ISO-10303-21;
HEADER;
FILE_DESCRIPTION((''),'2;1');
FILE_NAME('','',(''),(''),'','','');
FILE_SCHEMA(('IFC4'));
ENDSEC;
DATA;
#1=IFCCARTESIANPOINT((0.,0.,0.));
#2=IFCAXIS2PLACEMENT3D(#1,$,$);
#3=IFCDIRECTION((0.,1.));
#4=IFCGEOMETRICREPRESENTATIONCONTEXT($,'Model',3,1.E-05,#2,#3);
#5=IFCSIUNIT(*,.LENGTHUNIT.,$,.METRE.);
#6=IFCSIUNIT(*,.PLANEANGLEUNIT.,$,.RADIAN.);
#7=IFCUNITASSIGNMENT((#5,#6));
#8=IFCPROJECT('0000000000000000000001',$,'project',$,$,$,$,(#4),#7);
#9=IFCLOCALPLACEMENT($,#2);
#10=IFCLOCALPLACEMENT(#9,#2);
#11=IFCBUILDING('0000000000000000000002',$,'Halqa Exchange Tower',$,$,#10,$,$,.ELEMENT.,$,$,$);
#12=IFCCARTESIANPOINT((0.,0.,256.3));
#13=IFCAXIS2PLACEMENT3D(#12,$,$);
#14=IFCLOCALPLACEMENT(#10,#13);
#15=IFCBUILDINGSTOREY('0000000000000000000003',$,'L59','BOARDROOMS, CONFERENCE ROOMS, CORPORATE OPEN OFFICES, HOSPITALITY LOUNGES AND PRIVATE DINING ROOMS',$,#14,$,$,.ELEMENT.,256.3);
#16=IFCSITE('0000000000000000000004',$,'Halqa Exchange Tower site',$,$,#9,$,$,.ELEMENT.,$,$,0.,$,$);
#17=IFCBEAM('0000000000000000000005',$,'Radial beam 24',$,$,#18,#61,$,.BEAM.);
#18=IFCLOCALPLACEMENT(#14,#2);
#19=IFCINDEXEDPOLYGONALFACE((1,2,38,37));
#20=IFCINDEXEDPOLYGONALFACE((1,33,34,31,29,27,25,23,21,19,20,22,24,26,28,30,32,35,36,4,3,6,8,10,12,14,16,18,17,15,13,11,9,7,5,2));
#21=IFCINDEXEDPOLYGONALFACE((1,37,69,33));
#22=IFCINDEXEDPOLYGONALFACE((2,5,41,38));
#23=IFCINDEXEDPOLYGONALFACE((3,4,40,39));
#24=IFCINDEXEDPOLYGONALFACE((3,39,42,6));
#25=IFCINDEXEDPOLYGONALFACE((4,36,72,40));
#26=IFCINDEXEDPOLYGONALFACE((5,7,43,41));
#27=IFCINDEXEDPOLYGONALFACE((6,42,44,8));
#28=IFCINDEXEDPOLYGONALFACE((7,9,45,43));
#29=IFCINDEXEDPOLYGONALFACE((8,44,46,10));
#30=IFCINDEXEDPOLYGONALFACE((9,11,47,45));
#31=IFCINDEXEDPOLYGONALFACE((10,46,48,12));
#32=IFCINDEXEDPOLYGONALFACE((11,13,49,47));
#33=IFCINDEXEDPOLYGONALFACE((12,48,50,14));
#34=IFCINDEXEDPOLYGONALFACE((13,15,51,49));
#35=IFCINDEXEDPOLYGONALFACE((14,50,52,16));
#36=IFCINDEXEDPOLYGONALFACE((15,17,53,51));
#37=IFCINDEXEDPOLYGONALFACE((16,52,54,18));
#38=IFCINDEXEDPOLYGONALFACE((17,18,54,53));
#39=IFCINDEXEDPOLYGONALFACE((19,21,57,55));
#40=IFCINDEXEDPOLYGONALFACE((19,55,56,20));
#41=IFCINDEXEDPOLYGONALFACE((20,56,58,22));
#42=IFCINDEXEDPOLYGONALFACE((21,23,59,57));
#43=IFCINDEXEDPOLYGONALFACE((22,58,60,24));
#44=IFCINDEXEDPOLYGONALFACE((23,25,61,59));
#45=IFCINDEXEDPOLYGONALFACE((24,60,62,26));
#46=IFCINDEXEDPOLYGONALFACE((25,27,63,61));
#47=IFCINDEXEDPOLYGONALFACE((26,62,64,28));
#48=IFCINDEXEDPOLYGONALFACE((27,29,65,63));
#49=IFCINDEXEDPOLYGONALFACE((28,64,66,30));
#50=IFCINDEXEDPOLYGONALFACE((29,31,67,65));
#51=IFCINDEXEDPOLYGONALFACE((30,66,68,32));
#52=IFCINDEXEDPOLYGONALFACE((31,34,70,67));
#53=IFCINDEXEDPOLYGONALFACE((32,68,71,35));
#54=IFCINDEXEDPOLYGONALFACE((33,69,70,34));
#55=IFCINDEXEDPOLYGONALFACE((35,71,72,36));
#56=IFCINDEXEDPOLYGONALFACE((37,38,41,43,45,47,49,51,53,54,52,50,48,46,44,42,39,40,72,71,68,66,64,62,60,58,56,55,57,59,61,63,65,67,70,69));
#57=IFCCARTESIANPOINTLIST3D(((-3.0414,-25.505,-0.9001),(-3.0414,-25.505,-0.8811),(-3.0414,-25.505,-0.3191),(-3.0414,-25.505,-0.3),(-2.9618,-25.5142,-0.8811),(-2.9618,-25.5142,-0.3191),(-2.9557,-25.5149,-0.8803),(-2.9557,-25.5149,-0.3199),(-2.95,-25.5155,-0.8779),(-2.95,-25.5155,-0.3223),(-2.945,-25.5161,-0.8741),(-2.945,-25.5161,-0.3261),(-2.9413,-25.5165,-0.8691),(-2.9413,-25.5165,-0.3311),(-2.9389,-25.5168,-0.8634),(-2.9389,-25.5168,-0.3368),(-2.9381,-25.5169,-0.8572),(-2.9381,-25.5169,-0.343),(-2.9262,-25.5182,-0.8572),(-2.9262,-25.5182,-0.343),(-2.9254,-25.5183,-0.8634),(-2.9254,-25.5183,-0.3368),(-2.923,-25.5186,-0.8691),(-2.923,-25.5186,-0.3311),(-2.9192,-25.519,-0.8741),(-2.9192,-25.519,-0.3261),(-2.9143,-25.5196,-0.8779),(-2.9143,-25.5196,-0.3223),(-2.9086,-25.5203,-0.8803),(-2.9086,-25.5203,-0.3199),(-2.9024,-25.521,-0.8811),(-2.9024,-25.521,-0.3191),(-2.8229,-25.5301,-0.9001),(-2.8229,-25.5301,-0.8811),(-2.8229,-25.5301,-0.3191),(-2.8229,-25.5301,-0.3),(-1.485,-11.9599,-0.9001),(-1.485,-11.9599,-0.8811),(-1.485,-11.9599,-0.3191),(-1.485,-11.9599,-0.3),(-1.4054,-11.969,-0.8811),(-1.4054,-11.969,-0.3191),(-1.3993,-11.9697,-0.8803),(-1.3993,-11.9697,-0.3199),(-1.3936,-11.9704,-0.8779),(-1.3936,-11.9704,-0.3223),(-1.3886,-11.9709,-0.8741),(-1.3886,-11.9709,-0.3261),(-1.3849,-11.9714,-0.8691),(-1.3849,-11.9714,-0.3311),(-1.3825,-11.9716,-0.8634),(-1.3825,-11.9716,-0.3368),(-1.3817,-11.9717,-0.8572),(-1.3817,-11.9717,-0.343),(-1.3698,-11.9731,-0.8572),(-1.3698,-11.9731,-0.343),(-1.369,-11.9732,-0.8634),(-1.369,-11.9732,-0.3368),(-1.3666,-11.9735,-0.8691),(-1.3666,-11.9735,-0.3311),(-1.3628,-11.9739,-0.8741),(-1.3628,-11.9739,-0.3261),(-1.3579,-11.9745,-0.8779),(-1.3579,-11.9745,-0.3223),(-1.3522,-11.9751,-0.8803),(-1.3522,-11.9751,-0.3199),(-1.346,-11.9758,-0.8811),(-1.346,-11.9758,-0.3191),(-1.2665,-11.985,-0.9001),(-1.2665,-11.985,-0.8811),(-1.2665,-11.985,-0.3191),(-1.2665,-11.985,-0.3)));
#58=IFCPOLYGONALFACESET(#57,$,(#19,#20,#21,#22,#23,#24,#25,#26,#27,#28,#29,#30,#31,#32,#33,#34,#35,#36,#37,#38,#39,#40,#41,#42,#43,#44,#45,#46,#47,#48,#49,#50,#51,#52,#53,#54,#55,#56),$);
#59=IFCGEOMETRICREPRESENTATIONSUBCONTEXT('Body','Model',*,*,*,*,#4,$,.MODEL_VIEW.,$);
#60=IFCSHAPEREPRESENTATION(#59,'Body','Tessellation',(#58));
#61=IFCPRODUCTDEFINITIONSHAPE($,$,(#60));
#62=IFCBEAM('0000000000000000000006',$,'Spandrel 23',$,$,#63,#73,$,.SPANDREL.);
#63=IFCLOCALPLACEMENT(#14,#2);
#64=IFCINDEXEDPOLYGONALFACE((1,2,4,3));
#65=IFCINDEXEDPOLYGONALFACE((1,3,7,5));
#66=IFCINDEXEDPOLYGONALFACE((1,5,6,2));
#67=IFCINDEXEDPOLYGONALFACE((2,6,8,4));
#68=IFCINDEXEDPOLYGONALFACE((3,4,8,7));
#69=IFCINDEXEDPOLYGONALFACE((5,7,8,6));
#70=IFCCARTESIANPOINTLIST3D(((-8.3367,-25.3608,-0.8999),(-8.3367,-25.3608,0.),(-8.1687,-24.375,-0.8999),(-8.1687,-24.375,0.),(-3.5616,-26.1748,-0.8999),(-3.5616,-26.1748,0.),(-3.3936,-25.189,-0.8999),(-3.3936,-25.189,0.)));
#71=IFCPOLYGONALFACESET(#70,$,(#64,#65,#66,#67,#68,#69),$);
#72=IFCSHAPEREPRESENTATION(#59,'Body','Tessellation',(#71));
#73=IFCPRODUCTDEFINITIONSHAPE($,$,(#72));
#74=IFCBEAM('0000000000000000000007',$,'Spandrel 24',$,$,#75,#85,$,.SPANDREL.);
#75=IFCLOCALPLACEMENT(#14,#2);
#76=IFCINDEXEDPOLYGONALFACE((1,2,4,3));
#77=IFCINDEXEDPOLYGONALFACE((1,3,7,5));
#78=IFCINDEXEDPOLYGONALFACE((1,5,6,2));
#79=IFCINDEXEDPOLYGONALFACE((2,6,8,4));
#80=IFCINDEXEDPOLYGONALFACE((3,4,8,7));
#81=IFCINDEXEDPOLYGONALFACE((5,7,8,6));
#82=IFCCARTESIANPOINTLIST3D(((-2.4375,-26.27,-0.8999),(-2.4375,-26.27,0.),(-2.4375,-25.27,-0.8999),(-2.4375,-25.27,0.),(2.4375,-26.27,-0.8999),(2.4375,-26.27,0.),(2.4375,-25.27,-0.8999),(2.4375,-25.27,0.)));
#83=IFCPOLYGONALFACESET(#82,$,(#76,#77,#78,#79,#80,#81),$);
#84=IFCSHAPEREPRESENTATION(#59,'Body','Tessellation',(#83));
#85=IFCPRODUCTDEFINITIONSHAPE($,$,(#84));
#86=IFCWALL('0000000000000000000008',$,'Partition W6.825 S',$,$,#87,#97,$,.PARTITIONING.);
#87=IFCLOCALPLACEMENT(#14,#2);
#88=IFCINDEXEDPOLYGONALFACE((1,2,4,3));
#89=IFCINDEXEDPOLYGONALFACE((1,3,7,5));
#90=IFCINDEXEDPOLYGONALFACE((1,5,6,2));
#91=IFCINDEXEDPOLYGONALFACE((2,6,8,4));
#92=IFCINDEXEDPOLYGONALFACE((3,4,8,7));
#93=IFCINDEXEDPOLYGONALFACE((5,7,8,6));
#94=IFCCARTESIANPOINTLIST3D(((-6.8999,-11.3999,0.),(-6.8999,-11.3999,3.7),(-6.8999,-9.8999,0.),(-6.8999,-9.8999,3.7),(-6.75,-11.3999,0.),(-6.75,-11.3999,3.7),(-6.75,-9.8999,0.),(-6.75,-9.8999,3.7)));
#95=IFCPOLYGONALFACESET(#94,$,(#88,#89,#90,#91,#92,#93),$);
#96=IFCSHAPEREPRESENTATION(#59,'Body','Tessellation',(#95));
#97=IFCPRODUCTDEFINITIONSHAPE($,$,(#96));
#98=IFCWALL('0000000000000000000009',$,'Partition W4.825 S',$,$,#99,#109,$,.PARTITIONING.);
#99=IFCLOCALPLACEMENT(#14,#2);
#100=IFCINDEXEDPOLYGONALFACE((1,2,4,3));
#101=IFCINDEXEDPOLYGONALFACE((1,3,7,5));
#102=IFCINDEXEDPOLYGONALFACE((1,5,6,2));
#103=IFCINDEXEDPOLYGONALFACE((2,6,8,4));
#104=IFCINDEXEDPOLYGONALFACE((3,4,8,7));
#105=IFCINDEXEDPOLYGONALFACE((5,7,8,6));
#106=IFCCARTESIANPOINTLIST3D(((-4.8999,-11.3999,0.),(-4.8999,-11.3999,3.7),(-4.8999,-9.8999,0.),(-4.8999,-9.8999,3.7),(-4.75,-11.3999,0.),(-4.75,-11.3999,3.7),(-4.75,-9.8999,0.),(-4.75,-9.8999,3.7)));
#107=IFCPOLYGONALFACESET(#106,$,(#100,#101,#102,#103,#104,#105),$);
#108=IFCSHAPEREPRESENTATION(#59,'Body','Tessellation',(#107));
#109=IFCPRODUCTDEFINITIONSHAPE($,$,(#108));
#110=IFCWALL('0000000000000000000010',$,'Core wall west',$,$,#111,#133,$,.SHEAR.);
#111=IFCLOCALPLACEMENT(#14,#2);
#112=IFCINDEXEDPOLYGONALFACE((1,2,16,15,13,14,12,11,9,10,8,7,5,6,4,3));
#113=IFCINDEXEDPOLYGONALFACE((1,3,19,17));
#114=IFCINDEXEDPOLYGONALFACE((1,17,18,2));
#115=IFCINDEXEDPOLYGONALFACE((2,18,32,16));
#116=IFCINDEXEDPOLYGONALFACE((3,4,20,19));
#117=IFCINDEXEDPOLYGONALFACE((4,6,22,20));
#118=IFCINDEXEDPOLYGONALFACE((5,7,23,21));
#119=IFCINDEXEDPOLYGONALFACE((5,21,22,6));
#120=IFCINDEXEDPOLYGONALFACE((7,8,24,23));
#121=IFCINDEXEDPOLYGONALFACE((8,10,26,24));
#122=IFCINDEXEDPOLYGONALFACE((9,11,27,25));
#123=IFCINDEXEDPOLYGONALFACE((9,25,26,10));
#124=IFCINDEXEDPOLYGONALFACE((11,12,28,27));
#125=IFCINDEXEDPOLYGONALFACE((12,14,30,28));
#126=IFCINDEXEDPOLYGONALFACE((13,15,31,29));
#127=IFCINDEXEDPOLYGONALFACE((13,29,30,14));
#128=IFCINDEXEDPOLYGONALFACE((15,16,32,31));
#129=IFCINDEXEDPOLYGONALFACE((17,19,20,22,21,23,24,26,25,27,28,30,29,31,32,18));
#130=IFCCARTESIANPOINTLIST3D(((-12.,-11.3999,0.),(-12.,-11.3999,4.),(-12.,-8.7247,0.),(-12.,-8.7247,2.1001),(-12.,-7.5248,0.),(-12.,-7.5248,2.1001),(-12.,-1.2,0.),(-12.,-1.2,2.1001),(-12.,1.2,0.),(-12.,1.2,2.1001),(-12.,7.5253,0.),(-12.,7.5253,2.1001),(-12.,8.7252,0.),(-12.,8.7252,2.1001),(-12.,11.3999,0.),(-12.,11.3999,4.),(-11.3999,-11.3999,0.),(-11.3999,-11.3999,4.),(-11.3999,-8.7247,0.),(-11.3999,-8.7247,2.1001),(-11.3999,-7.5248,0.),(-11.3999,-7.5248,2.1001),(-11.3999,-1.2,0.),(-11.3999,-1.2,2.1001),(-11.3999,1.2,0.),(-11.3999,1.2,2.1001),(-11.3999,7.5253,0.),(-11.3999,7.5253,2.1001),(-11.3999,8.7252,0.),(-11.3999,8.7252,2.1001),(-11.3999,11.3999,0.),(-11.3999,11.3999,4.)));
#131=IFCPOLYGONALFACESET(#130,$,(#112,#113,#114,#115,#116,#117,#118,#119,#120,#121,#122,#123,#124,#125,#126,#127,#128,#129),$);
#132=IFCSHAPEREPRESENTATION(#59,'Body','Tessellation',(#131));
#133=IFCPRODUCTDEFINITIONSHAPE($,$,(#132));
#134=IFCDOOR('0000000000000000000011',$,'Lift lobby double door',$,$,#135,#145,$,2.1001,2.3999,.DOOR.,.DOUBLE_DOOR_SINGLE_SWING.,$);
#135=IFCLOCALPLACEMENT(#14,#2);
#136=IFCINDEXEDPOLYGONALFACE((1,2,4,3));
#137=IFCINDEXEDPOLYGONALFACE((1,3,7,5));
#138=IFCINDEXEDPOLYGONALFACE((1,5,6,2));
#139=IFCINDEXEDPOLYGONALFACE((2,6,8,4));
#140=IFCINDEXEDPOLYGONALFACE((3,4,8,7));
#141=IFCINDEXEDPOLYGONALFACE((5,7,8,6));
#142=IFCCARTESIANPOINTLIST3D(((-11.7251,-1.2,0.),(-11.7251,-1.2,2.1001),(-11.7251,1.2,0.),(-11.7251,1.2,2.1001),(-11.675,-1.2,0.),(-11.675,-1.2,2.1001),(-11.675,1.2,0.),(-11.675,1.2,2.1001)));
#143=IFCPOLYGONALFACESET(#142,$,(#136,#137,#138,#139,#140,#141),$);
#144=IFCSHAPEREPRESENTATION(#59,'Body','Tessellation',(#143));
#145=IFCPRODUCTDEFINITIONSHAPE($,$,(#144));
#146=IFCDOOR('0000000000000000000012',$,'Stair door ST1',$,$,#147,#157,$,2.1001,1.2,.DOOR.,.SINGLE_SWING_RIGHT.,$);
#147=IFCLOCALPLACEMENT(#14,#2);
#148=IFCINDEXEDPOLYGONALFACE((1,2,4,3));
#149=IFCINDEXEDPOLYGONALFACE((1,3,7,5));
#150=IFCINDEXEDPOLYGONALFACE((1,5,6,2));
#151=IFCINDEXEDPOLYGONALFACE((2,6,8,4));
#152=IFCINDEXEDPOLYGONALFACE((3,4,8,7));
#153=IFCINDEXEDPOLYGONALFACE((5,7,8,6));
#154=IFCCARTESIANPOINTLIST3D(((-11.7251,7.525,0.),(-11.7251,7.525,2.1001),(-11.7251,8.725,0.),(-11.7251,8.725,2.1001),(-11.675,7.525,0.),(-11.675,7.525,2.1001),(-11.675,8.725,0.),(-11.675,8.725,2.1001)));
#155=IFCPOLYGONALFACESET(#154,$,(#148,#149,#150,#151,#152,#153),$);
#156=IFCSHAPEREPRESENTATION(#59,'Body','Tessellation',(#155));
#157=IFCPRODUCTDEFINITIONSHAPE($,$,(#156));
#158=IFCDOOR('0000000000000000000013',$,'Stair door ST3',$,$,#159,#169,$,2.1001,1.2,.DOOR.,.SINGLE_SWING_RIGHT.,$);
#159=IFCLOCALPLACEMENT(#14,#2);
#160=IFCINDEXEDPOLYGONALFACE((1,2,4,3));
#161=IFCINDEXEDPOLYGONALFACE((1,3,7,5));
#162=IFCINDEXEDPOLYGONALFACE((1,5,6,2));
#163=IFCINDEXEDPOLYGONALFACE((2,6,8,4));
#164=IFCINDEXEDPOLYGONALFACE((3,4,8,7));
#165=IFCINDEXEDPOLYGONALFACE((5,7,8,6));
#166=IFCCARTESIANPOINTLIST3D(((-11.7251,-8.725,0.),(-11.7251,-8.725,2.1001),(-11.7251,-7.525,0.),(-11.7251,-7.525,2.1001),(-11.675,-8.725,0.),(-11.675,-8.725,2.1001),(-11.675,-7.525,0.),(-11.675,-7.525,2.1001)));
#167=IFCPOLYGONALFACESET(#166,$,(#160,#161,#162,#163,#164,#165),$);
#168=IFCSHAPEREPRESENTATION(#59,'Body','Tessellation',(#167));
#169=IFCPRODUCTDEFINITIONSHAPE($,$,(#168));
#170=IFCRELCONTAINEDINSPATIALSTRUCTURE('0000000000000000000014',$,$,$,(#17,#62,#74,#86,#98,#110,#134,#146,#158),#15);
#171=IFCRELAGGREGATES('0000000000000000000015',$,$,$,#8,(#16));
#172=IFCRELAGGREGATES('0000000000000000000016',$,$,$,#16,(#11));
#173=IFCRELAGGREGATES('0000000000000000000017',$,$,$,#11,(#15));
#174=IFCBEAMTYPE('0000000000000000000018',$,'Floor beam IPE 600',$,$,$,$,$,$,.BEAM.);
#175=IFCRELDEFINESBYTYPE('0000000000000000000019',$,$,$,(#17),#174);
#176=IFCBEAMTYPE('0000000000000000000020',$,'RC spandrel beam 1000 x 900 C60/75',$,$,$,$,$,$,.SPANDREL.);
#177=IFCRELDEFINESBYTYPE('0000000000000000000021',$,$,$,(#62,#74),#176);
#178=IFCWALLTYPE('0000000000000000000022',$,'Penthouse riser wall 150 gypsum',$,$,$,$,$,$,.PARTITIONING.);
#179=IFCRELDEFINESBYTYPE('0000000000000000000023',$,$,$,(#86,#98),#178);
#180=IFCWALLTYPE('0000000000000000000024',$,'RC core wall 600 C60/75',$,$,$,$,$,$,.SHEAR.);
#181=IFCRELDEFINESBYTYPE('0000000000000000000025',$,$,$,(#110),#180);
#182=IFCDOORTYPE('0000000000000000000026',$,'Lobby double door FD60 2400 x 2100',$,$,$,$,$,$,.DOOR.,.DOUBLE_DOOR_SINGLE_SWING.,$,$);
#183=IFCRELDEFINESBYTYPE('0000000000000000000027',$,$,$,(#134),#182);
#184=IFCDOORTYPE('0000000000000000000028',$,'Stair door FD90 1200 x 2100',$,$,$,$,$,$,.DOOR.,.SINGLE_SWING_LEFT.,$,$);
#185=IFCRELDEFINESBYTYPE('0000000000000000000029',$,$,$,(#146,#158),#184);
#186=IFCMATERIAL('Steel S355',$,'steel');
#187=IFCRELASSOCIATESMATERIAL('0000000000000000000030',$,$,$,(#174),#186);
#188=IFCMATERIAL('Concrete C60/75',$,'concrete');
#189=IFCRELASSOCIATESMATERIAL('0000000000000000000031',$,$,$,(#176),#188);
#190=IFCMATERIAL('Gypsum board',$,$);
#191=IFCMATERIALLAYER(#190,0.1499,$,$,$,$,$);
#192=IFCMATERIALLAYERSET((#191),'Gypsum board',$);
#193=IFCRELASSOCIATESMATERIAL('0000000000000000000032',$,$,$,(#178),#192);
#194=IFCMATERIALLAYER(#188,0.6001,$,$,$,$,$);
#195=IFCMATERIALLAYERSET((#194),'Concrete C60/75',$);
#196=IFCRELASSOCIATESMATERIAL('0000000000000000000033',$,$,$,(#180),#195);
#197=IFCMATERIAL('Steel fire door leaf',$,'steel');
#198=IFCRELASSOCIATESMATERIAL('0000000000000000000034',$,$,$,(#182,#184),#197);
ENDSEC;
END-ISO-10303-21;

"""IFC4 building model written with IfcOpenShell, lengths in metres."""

from ifc_helpers import new_model, si_unit, direction, frame, frame_2d, origin, origin_2d, place, context, subcontext, project, spatial, rectangle, i_section, extrude, material, layer, layer_set, material_profile, profile_set, type_object, element, fill, save


model = new_model("IFC4")

# Units and contexts
model_context = context("Model", 3, precision=1e-05, world=origin(), true_north=direction((0.0, 1.0)))
body_context = subcontext(model_context, "Body", "Model", "MODEL_VIEW")
ifc_project = project(units=[si_unit("LENGTHUNIT", "METRE"), si_unit("PLANEANGLEUNIT", "RADIAN")], contexts=[model_context])

# Site, building, storey
site_placement = place(None, origin())
site = spatial("IfcSite", under=ifc_project, at=site_placement, Name="Halqa Exchange Tower site", CompositionType="ELEMENT", RefElevation=0.0)
building_placement = place(site_placement, origin())
building = spatial("IfcBuilding", under=site, at=building_placement, Name="Halqa Exchange Tower", CompositionType="ELEMENT")
storey_placement = place(building_placement, frame((0.0, 0.0, 256.3)))
storey = spatial("IfcBuildingStorey", under=building, at=storey_placement, Name="L59", Description="BOARDROOMS, CONFERENCE ROOMS, CORPORATE OPEN OFFICES, HOSPITALITY LOUNGES AND PRIVATE DINING ROOMS", CompositionType="ELEMENT", Elevation=256.3)

# Shared definitions
ifc_material_1 = material(Name="Concrete C60/75", Category="concrete")

# Beams
ifc_material_2 = material(Name="Steel S355", Category="steel")
ifc_material_profile_1 = material_profile(ifc_material_2, i_section(OverallWidth=0.22, OverallDepth=0.6001, WebThickness=0.012, FlangeThickness=0.019, FilletRadius=0.0239, at=origin_2d()), Name="IPE 600")
ifc_profile_set_1 = profile_set([ifc_material_profile_1], Name="Steel S355")
beam_type_1 = type_object("IfcBeamType", Name="Floor beam IPE 600", PredefinedType="BEAM", material=ifc_profile_set_1)
beam_1_placement = place(storey_placement, frame((-1.3757, -11.9724, -0.6001), z_axis=(-0.114153, -0.993463, 0.0), x_axis=(0.993463, -0.114153, 0.0)))
element("IfcBeam", 1, at=beam_1_placement, inside=storey, type_object=beam_type_1, Name="Radial beam 24", PredefinedType="BEAM", context=body_context, shape_type="SweptSolid", body=[
    extrude(i_section(OverallWidth=0.22, OverallDepth=0.6001, WebThickness=0.012, FlangeThickness=0.019, FilletRadius=0.0239, at=origin_2d()), origin(), (0.0, 0.0, 1.0), 13.6343),
])
ifc_material_profile_2 = material_profile(ifc_material_1, rectangle(XDim=1.0, YDim=0.8999, at=origin_2d()), Name="1000 x 900")
ifc_profile_set_2 = profile_set([ifc_material_profile_2], Name="Concrete C60/75")
beam_type_2 = type_object("IfcBeamType", Name="RC spandrel beam 1000 x 900 C60/75", PredefinedType="SPANDREL", material=ifc_profile_set_2)
beam_2_placement = place(storey_placement, frame((-8.2527, -24.8679, -0.45), z_axis=(0.985781, -0.168035, 0.0), x_axis=(0.168035, 0.985781, 0.0)))
element("IfcBeam", 2, at=beam_2_placement, inside=storey, type_object=beam_type_2, Name="Spandrel 23", PredefinedType="SPANDREL", context=body_context, shape_type="SweptSolid", body=[
    extrude(rectangle(XDim=1.0, YDim=0.8999, at=origin_2d()), origin(), (0.0, 0.0, 1.0), 4.844),
])
beam_3_placement = place(storey_placement, frame((-2.4375, -25.77, -0.45), z_axis=(1.0, 0.0, 0.0), x_axis=(0.0, 1.0, 0.0)))
element("IfcBeam", 3, at=beam_3_placement, inside=storey, type_object=beam_type_2, Name="Spandrel 24", PredefinedType="SPANDREL", context=body_context, shape_type="SweptSolid", body=[
    extrude(rectangle(XDim=1.0, YDim=0.8999, at=origin_2d()), origin(), (0.0, 0.0, 1.0), 4.875),
])

# Walls
ifc_material_3 = material(Name="Gypsum board")
ifc_layer_1 = layer(ifc_material_3, 0.1499)
ifc_layer_set_1 = layer_set([ifc_layer_1], Name="Gypsum board")
wall_type_1 = type_object("IfcWallType", Name="Penthouse riser wall 150 gypsum", PredefinedType="PARTITIONING", material=ifc_layer_set_1)
for number, where, z_axis, x_axis, name in (
    (4, (-6.825, -11.3999, 0.0), (0.0, 0.0, 1.0), (0.0, 1.0, 0.0), "Partition W6.825 S"),
    (5, (-4.825, -11.3999, 0.0), (0.0, 0.0, 1.0), (0.0, 1.0, 0.0), "Partition W4.825 S"),
):
    element("IfcWall", number, at=place(storey_placement, frame(where, z_axis=z_axis, x_axis=x_axis)), inside=storey, type_object=wall_type_1, Name=name, PredefinedType="PARTITIONING", context=body_context, shape_type="SweptSolid", body=[
        extrude(rectangle(XDim=1.5, YDim=0.1499, at=frame_2d((0.75, 0.0))), origin(), (0.0, 0.0, 1.0), 3.7),
    ])

# Wall, openings, doors
ifc_layer_2 = layer(ifc_material_1, 0.6001)
ifc_layer_set_2 = layer_set([ifc_layer_2], Name="Concrete C60/75")
wall_type_2 = type_object("IfcWallType", Name="RC core wall 600 C60/75", PredefinedType="SHEAR", material=ifc_layer_set_2)
wall_1_placement = place(storey_placement, frame((-11.7, -11.3999, 0.0), z_axis=(0.0, 0.0, 1.0), x_axis=(0.0, 1.0, 0.0)))
wall_1 = element("IfcWall", 6, at=wall_1_placement, inside=storey, type_object=wall_type_2, Name="Core wall west", PredefinedType="SHEAR", context=body_context, shape_type="SweptSolid", body=[
    extrude(rectangle(XDim=22.7998, YDim=0.6001, at=frame_2d((11.3999, 0.0))), origin(), (0.0, 0.0, 1.0), 4.0),
])
opening_1_placement = place(wall_1_placement, frame((10.2, 0.0, 0.0)))
opening_1 = element("IfcOpeningElement", 7, at=opening_1_placement, cuts=wall_1, PredefinedType="OPENING", context=body_context, shape_type="SweptSolid", body=[
    extrude(rectangle(XDim=2.3999, YDim=2.1001, at=frame_2d((1.2, 1.05))), frame((0.0, 0.312, 0.0), z_axis=(0.0, -1.0, 0.0), x_axis=(1.0, 0.0, 0.0)), (0.0, 0.0, 1.0), 0.624),
])
opening_2_placement = place(wall_1_placement, frame((18.925, 0.0, 0.0)))
opening_2 = element("IfcOpeningElement", 8, at=opening_2_placement, cuts=wall_1, PredefinedType="OPENING", context=body_context, shape_type="SweptSolid", body=[
    extrude(rectangle(XDim=1.2, YDim=2.1001, at=frame_2d((0.6001, 1.05))), frame((0.0, 0.312, 0.0), z_axis=(0.0, -1.0, 0.0), x_axis=(1.0, 0.0, 0.0)), (0.0, 0.0, 1.0), 0.624),
])
opening_3_placement = place(wall_1_placement, frame((2.675, 0.0, 0.0)))
opening_3 = element("IfcOpeningElement", 9, at=opening_3_placement, cuts=wall_1, PredefinedType="OPENING", context=body_context, shape_type="SweptSolid", body=[
    extrude(rectangle(XDim=1.2, YDim=2.1001, at=frame_2d((0.6001, 1.05))), frame((0.0, 0.312, 0.0), z_axis=(0.0, -1.0, 0.0), x_axis=(1.0, 0.0, 0.0)), (0.0, 0.0, 1.0), 0.624),
])
ifc_material_4 = material(Name="Steel fire door leaf", Category="steel")
door_type_1 = type_object("IfcDoorType", Name="Lobby double door FD60 2400 x 2100", OperationType="DOUBLE_DOOR_SINGLE_SWING", PredefinedType="DOOR", material=ifc_material_4)
door_1_placement = place(opening_1_placement, frame((2.3999, 0.0, 0.0), z_axis=(0.0, 0.0, 1.0), x_axis=(-1.0, 0.0, 0.0)))
door_1 = element("IfcDoor", 10, at=door_1_placement, inside=storey, type_object=door_type_1, Name="Lift lobby double door", OperationType="DOUBLE_DOOR_SINGLE_SWING", OverallHeight=2.1001, OverallWidth=2.3999, PredefinedType="DOOR", context=body_context, shape_type="SweptSolid", body=[
    extrude(rectangle(XDim=2.3999, YDim=2.1001, at=frame_2d((1.2, 1.05))), frame((0.0, 0.0249, 0.0), z_axis=(0.0, -1.0, 0.0), x_axis=(1.0, 0.0, 0.0)), (0.0, 0.0, 1.0), 0.05),
])
fill(opening_1, door_1)
door_type_2 = type_object("IfcDoorType", Name="Stair door FD90 1200 x 2100", OperationType="SINGLE_SWING_LEFT", PredefinedType="DOOR", material=ifc_material_4)
door_2_placement = place(opening_2_placement, frame((1.2, 0.0, 0.0), z_axis=(0.0, 0.0, 1.0), x_axis=(-1.0, 0.0, 0.0)))
door_2 = element("IfcDoor", 11, at=door_2_placement, inside=storey, type_object=door_type_2, Name="Stair door ST1", OperationType="SINGLE_SWING_RIGHT", OverallHeight=2.1001, OverallWidth=1.2, PredefinedType="DOOR", context=body_context, shape_type="SweptSolid", body=[
    extrude(rectangle(XDim=1.2, YDim=2.1001, at=frame_2d((0.6001, 1.05))), frame((0.0, 0.0249, 0.0), z_axis=(0.0, -1.0, 0.0), x_axis=(1.0, 0.0, 0.0)), (0.0, 0.0, 1.0), 0.05),
])
fill(opening_2, door_2)
door_3_placement = place(opening_3_placement, frame((1.2, 0.0, 0.0), z_axis=(0.0, 0.0, 1.0), x_axis=(-1.0, 0.0, 0.0)))
door_3 = element("IfcDoor", 12, at=door_3_placement, inside=storey, type_object=door_type_2, Name="Stair door ST3", OperationType="SINGLE_SWING_RIGHT", OverallHeight=2.1001, OverallWidth=1.2, PredefinedType="DOOR", context=body_context, shape_type="SweptSolid", body=[
    extrude(rectangle(XDim=1.2, YDim=2.1001, at=frame_2d((0.6001, 1.05))), frame((0.0, 0.0249, 0.0), z_axis=(0.0, -1.0, 0.0), x_axis=(1.0, 0.0, 0.0)), (0.0, 0.0, 1.0), 0.05),
])
fill(opening_3, door_3)

save(model, "model.ifc")
